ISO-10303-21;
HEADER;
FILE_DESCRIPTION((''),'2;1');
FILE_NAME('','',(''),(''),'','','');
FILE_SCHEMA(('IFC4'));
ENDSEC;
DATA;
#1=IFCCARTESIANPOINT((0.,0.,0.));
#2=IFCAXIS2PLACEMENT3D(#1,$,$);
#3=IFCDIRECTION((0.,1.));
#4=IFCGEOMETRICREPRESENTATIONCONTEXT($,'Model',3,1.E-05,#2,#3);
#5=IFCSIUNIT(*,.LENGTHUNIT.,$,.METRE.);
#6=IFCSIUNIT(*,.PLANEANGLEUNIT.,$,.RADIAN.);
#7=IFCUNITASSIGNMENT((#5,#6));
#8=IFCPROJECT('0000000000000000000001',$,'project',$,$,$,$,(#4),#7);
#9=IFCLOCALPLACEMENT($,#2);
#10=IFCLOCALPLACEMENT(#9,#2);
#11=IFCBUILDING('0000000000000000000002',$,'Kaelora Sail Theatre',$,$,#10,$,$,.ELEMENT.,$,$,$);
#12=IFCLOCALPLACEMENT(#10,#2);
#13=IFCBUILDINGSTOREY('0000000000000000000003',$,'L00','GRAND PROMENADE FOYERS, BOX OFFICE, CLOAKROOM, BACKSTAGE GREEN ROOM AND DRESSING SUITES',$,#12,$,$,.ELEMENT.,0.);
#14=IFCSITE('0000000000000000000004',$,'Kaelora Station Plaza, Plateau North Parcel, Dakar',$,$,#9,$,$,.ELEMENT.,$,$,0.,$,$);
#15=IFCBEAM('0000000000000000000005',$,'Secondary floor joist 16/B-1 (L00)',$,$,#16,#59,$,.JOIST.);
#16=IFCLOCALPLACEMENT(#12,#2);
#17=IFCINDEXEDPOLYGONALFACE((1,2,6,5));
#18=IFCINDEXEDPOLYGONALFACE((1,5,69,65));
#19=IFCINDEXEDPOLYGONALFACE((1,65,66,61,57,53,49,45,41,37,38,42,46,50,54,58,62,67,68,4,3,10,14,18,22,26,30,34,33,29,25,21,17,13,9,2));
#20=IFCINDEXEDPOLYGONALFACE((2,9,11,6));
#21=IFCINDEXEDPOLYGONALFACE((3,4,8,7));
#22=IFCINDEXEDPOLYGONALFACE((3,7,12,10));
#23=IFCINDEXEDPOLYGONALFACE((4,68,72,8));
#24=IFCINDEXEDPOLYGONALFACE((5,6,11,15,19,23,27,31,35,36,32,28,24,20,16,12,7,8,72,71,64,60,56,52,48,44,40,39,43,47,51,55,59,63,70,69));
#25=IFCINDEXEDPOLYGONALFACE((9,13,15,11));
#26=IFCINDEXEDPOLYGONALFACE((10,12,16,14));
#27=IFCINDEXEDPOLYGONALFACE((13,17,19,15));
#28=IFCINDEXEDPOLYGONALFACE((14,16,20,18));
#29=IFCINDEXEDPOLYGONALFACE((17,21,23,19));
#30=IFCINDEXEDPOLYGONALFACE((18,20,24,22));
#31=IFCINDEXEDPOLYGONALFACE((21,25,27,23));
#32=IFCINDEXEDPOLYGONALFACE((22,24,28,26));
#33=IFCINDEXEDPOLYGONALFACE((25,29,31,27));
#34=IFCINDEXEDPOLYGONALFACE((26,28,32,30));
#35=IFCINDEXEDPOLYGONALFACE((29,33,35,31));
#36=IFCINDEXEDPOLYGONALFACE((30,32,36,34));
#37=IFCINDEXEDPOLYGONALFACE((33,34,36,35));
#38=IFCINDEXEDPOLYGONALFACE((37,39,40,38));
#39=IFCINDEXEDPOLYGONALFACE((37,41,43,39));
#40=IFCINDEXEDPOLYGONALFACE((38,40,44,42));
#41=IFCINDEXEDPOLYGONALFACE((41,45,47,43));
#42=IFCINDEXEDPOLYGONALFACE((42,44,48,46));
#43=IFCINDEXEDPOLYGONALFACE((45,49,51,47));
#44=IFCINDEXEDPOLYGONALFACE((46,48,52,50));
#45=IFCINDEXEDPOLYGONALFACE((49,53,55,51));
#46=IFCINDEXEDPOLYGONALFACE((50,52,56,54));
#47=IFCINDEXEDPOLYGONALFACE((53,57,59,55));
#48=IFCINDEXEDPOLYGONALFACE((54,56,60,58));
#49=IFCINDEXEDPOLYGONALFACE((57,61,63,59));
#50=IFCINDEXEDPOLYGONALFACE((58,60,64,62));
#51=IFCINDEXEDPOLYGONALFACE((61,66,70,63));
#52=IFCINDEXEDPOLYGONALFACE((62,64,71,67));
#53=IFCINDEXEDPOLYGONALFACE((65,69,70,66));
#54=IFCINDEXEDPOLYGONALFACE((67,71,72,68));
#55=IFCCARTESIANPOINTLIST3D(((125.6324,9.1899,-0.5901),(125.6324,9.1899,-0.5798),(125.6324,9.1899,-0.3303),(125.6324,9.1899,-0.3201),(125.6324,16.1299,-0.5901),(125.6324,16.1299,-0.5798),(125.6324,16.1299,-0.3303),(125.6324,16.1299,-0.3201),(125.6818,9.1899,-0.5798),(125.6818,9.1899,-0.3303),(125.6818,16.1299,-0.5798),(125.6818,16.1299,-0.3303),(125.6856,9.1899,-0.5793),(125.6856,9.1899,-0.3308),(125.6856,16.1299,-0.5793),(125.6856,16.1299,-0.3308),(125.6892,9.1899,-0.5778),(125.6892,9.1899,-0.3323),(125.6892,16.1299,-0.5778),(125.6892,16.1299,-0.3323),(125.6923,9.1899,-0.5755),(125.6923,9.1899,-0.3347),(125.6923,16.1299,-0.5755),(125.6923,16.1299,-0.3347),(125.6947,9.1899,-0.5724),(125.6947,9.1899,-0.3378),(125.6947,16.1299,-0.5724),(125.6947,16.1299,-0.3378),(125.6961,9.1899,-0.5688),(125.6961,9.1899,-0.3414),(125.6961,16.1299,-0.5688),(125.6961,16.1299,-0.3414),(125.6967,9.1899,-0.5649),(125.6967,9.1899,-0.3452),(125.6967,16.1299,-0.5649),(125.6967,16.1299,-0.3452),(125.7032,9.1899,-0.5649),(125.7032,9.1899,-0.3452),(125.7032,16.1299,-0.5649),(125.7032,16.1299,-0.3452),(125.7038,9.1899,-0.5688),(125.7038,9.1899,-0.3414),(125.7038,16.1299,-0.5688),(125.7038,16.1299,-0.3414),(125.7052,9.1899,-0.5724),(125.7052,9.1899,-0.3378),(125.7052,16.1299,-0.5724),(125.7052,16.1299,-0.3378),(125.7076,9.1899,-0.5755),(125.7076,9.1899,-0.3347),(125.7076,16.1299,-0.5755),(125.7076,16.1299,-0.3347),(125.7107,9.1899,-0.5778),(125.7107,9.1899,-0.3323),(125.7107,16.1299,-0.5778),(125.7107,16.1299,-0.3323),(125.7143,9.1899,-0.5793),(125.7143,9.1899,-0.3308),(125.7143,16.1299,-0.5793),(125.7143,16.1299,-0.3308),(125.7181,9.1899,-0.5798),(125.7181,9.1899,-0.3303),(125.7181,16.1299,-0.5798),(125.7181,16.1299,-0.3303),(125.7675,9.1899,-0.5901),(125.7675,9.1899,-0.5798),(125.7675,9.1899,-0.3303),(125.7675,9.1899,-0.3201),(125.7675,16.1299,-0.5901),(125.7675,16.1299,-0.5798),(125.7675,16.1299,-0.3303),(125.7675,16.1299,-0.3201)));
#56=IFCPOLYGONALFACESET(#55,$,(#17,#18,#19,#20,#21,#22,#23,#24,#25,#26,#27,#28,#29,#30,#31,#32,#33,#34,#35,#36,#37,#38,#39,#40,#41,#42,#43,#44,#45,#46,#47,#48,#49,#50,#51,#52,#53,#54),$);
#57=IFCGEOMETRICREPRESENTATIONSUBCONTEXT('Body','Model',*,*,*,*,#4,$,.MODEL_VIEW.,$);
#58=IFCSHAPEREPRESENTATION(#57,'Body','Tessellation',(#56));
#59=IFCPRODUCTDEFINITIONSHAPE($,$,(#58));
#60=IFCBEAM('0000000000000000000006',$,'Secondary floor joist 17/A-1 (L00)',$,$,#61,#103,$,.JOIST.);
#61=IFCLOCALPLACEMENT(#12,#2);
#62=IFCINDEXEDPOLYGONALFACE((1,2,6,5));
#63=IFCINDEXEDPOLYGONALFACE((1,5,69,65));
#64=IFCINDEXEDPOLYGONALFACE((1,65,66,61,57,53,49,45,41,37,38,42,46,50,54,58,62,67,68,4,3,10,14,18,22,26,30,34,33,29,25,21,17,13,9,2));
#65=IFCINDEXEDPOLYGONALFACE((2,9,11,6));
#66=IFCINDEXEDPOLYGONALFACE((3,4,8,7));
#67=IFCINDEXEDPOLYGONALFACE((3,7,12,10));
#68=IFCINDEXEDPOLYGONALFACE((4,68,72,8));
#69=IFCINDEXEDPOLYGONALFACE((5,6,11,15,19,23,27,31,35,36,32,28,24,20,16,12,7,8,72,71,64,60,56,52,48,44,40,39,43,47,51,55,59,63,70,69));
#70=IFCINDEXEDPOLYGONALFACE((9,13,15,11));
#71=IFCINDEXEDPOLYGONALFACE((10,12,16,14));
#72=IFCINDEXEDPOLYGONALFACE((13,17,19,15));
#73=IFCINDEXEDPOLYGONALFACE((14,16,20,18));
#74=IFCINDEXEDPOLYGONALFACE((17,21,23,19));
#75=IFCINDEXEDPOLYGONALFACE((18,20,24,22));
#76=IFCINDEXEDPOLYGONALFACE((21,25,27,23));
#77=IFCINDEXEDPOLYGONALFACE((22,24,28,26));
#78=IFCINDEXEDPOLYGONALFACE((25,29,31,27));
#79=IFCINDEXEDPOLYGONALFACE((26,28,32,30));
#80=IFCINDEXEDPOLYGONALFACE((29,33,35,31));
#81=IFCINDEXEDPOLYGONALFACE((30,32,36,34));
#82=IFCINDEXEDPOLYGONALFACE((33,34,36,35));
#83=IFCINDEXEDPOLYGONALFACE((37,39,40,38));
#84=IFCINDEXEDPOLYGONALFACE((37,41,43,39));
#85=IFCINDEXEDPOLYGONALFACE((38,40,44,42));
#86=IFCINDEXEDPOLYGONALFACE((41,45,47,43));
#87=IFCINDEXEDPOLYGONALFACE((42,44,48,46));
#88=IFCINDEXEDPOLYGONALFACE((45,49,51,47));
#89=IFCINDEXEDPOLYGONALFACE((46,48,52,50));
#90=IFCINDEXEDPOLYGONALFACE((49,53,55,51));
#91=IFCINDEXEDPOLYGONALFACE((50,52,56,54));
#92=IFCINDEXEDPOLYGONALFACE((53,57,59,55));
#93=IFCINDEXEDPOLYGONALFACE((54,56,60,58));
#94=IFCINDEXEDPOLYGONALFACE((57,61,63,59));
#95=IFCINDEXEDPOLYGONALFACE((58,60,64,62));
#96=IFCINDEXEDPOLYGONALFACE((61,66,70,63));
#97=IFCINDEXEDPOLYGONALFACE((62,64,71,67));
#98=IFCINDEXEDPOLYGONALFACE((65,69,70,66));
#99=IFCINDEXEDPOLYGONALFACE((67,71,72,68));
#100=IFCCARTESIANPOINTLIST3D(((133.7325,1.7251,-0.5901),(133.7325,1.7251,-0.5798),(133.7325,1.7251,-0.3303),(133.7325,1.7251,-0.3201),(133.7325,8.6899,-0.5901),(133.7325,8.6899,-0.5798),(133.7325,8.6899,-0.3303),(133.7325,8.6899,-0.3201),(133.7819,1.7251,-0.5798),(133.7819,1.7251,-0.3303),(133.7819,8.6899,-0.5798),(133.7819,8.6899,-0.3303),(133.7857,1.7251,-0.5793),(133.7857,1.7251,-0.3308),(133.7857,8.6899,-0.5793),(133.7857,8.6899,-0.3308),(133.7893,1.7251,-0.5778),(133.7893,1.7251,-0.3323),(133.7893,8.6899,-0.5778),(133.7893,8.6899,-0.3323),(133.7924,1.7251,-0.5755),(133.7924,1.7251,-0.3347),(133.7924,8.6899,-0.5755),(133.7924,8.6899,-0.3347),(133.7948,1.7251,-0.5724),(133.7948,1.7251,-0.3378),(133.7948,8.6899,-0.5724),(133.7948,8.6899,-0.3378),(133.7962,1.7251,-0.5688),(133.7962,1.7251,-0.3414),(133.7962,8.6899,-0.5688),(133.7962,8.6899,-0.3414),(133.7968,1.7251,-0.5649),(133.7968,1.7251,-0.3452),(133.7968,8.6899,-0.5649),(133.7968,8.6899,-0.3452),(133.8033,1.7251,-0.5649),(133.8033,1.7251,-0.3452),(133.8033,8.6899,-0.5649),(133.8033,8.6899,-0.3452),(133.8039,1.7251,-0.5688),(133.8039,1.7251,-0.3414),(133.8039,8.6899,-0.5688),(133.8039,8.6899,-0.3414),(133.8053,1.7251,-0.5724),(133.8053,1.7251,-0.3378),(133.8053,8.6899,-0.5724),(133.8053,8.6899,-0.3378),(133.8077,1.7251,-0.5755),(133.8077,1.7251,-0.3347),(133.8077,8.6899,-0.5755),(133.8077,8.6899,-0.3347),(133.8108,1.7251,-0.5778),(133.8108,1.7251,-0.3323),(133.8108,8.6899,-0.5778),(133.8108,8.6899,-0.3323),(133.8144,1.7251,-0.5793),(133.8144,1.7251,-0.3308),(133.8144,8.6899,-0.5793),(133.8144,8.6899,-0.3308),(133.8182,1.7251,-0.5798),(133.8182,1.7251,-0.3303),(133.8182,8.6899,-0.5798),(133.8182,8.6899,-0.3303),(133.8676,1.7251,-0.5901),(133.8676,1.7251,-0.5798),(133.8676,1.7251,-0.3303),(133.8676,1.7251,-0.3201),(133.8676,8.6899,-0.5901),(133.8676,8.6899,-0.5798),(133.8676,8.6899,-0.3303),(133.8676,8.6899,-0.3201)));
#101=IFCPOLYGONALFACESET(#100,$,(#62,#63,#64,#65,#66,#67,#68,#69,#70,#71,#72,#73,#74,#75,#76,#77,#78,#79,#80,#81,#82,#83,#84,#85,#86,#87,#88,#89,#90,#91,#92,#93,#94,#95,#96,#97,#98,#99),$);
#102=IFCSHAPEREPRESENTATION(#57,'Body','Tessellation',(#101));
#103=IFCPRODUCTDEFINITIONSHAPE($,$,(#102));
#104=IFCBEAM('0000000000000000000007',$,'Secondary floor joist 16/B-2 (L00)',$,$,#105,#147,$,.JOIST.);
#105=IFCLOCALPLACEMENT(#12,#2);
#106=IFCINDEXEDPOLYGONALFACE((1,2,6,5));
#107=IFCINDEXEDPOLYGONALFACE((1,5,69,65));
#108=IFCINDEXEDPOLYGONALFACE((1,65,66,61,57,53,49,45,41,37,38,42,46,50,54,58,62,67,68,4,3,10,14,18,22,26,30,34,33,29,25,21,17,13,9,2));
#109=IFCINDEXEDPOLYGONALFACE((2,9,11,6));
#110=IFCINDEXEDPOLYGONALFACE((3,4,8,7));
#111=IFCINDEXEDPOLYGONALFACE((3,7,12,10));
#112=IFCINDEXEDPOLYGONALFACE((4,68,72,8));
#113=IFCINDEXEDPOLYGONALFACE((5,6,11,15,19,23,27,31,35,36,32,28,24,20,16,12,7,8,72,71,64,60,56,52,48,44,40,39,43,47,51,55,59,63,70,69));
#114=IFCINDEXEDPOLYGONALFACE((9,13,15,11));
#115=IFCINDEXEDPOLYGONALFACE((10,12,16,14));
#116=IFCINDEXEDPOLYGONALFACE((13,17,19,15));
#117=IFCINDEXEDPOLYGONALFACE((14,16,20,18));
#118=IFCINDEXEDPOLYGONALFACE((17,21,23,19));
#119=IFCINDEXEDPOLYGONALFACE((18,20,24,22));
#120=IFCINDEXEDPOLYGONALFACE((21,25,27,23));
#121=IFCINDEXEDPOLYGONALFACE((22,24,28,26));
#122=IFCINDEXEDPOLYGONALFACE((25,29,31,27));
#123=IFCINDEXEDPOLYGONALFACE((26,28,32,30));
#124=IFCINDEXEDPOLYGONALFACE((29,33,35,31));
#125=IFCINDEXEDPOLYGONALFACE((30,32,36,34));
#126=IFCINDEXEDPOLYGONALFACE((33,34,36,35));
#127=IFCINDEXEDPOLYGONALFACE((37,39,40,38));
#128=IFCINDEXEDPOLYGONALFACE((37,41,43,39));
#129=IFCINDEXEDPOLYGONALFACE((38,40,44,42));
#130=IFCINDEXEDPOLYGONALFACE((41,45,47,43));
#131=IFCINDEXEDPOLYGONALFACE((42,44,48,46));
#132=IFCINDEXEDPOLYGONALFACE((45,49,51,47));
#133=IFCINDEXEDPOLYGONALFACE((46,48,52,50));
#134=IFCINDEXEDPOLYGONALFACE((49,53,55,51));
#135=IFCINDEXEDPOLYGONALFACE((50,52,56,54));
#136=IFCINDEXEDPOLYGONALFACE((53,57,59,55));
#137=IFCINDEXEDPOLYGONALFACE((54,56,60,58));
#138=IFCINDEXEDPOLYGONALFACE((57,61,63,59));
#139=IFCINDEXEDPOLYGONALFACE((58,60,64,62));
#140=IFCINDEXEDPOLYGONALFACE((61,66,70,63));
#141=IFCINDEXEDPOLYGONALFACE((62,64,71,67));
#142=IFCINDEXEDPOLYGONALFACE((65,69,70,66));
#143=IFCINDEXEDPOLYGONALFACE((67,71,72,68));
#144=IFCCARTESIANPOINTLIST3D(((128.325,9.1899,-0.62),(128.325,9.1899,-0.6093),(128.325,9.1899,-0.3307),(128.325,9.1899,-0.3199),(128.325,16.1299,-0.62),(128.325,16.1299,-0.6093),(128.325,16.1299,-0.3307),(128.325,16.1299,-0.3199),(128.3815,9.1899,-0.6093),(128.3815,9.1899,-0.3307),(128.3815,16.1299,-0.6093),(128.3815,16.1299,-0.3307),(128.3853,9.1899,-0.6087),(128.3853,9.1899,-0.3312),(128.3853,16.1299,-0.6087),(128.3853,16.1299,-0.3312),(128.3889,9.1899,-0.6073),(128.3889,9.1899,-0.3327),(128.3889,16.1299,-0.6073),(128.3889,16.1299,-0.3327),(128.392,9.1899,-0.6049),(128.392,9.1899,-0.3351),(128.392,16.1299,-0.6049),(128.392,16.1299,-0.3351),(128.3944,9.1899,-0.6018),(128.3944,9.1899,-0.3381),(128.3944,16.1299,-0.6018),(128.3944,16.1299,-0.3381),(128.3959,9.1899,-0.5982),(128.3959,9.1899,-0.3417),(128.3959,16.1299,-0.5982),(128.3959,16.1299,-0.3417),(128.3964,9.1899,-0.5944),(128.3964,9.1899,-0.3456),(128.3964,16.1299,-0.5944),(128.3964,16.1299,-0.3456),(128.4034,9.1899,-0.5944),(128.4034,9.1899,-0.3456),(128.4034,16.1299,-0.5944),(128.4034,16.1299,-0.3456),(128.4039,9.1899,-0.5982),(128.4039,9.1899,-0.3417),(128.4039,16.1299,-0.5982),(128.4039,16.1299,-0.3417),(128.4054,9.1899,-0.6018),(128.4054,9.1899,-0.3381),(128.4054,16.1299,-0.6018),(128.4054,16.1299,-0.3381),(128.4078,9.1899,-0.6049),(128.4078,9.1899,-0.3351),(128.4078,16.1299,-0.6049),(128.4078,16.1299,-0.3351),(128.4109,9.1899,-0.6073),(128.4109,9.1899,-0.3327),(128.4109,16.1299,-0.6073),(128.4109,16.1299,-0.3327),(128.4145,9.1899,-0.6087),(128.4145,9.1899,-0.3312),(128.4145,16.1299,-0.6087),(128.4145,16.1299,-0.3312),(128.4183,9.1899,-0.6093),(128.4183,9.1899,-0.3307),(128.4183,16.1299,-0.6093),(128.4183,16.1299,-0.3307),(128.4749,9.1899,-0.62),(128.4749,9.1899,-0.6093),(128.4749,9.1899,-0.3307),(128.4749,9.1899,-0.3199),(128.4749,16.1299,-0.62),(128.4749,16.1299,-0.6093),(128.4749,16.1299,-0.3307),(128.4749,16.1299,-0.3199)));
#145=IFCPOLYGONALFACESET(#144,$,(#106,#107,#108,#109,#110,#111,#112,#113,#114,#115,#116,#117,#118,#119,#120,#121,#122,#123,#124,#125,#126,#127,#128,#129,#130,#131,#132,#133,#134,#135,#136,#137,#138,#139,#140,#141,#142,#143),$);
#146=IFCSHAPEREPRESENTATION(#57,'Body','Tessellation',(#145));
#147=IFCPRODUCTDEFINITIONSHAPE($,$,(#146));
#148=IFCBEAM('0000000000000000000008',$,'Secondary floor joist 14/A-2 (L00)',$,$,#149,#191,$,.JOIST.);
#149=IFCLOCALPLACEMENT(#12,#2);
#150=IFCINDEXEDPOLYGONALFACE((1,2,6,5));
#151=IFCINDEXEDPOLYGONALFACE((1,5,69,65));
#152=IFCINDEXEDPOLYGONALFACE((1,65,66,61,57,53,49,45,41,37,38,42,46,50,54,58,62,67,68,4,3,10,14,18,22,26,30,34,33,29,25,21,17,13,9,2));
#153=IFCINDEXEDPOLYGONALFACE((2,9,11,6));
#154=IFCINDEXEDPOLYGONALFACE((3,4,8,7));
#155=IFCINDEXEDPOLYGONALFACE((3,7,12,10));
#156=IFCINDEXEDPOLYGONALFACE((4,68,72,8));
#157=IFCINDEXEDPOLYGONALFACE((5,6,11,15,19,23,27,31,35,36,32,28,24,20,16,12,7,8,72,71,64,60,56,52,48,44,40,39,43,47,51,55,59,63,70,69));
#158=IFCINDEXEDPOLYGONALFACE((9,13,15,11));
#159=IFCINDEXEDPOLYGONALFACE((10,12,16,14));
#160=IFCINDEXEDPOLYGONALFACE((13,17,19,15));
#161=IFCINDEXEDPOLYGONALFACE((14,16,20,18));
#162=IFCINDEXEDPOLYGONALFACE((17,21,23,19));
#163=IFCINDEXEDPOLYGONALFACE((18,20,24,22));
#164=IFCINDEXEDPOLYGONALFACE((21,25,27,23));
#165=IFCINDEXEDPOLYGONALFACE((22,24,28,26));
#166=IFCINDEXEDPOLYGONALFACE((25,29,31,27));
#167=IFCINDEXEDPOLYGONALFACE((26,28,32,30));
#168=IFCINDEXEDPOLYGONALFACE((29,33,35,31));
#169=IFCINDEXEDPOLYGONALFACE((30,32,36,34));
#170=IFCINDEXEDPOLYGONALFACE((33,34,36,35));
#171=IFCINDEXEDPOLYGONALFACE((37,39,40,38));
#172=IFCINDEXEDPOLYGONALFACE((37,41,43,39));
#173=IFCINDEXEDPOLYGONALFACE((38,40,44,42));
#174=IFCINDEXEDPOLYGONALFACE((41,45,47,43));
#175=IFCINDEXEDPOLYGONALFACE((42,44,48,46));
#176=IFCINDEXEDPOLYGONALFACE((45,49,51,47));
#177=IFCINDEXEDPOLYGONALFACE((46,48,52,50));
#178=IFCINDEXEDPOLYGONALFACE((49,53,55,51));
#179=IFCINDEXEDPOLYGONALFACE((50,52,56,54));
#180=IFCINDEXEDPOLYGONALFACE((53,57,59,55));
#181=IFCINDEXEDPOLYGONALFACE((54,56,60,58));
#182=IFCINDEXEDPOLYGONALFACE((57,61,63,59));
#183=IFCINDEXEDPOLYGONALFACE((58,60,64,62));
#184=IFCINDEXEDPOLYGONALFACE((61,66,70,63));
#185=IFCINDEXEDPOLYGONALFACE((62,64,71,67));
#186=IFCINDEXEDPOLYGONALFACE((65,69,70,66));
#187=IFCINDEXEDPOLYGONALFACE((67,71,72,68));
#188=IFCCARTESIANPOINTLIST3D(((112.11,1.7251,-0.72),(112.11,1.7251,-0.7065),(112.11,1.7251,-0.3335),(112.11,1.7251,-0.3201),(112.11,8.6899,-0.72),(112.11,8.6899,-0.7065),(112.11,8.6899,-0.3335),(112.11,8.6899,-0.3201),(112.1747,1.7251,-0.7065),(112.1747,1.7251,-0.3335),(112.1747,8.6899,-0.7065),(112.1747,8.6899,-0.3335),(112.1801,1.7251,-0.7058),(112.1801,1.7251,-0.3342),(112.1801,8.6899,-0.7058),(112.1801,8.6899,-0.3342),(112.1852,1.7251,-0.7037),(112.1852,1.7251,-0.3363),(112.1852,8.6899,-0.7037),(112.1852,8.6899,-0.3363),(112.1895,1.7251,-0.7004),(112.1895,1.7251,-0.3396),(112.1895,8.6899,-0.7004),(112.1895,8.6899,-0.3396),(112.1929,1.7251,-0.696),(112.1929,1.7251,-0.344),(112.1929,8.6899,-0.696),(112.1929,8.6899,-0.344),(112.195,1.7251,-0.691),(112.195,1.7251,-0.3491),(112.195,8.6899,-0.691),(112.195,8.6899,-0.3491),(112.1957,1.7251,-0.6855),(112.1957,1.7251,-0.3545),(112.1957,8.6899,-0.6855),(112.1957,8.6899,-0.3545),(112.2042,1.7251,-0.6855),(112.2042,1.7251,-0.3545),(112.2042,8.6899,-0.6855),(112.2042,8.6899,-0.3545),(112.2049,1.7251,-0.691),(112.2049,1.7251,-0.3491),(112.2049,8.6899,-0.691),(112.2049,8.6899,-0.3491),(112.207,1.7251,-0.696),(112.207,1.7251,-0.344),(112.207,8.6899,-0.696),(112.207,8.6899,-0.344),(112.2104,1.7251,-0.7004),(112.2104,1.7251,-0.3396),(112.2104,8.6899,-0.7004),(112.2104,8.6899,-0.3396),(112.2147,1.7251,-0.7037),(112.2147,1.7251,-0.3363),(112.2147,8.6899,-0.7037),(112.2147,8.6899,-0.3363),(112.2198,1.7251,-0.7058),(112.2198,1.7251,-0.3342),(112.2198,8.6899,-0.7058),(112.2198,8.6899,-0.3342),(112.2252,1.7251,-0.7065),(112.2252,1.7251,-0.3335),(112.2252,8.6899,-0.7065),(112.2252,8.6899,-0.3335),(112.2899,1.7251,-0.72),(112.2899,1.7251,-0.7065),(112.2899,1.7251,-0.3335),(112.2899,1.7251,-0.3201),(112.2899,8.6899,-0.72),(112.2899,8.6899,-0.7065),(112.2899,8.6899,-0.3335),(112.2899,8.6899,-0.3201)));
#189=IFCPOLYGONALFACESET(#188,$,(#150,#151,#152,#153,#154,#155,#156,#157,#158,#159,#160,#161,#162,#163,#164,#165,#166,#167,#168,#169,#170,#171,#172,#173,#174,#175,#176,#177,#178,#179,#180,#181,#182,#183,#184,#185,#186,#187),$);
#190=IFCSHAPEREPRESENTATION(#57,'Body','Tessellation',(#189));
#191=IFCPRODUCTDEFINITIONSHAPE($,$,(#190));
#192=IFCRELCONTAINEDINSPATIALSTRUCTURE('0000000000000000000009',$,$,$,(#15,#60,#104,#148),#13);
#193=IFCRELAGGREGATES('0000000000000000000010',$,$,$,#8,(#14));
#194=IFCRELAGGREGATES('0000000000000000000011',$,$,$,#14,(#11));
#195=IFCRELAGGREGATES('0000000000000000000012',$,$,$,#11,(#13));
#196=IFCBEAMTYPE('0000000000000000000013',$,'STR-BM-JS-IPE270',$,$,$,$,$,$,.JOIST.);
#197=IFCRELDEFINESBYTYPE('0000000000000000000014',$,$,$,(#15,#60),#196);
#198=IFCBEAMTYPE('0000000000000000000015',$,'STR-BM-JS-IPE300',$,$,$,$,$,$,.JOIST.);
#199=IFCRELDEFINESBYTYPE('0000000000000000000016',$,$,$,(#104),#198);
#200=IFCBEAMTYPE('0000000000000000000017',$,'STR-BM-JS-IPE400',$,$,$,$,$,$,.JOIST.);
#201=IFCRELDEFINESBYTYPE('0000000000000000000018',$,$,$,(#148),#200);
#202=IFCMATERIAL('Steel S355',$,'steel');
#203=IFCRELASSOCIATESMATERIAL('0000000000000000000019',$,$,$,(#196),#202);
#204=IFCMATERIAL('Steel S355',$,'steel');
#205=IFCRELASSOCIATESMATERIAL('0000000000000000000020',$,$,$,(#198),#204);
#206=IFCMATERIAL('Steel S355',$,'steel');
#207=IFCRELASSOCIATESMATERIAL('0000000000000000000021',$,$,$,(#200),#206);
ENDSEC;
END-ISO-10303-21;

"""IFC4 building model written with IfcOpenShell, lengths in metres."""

from ifc_helpers import new_model, si_unit, direction, frame, origin, origin_2d, place, context, subcontext, project, spatial, i_section, extrude, material, material_profile, profile_set, type_object, element, save


model = new_model("IFC4")

# Units and contexts
model_context = context("Model", 3, precision=1e-05, world=origin(), true_north=direction((0.0, 1.0)))
body_context = subcontext(model_context, "Body", "Model", "MODEL_VIEW")
ifc_project = project(units=[si_unit("LENGTHUNIT", "METRE"), si_unit("PLANEANGLEUNIT", "RADIAN")], contexts=[model_context])

# Site, building, storey
site_placement = place(None, origin())
site = spatial("IfcSite", under=ifc_project, at=site_placement, Name="Kaelora Station Plaza, Plateau North Parcel, Dakar", CompositionType="ELEMENT", RefElevation=0.0)
building_placement = place(site_placement, origin())
building = spatial("IfcBuilding", under=site, at=building_placement, Name="Kaelora Sail Theatre", CompositionType="ELEMENT")
storey_placement = place(building_placement, origin())
storey = spatial("IfcBuildingStorey", under=building, at=storey_placement, Name="L00", Description="GRAND PROMENADE FOYERS, BOX OFFICE, CLOAKROOM, BACKSTAGE GREEN ROOM AND DRESSING SUITES", CompositionType="ELEMENT", Elevation=0.0)

# Beams
ifc_material_1 = material(Name="Steel S355", Category="steel")
ifc_material_profile_1 = material_profile(ifc_material_1, i_section(OverallWidth=0.135, OverallDepth=0.27, WebThickness=0.0066, FlangeThickness=0.0103, FilletRadius=0.0149, at=origin_2d()), Name="IPE 270")
ifc_profile_set_1 = profile_set([ifc_material_profile_1], Name="Steel S355")
beam_type_1 = type_object("IfcBeamType", Name="STR-BM-JS-IPE270", PredefinedType="JOIST", material=ifc_profile_set_1)
beam_1_placement = place(storey_placement, frame((125.7, 9.1899, -0.4551), z_axis=(0.0, 1.0, 0.0), x_axis=(-1.0, 0.0, 0.0)))
element("IfcBeam", 1, at=beam_1_placement, inside=storey, type_object=beam_type_1, Name="Secondary floor joist 16/B-1 (L00)", PredefinedType="JOIST", context=body_context, shape_type="SweptSolid", body=[
    extrude(i_section(OverallWidth=0.135, OverallDepth=0.27, WebThickness=0.0066, FlangeThickness=0.0103, FilletRadius=0.0149, at=origin_2d()), origin(), (0.0, 0.0, 1.0), 6.9399),
])
beam_2_placement = place(storey_placement, frame((133.8, 1.7251, -0.4551), z_axis=(0.0, 1.0, 0.0), x_axis=(-1.0, 0.0, 0.0)))
element("IfcBeam", 2, at=beam_2_placement, inside=storey, type_object=beam_type_1, Name="Secondary floor joist 17/A-1 (L00)", PredefinedType="JOIST", context=body_context, shape_type="SweptSolid", body=[
    extrude(i_section(OverallWidth=0.135, OverallDepth=0.27, WebThickness=0.0066, FlangeThickness=0.0103, FilletRadius=0.0149, at=origin_2d()), origin(), (0.0, 0.0, 1.0), 6.9648),
])
ifc_material_2 = material(Name="Steel S355", Category="steel")
ifc_material_profile_2 = material_profile(ifc_material_2, i_section(OverallWidth=0.1499, OverallDepth=0.3, WebThickness=0.0071, FlangeThickness=0.0107, FilletRadius=0.0149, at=origin_2d()), Name="IPE 300")
ifc_profile_set_2 = profile_set([ifc_material_profile_2], Name="Steel S355")
beam_type_2 = type_object("IfcBeamType", Name="STR-BM-JS-IPE300", PredefinedType="JOIST", material=ifc_profile_set_2)
beam_3_placement = place(storey_placement, frame((128.3999, 9.1899, -0.47), z_axis=(0.0, 1.0, 0.0), x_axis=(-1.0, 0.0, 0.0)))
element("IfcBeam", 3, at=beam_3_placement, inside=storey, type_object=beam_type_2, Name="Secondary floor joist 16/B-2 (L00)", PredefinedType="JOIST", context=body_context, shape_type="SweptSolid", body=[
    extrude(i_section(OverallWidth=0.1499, OverallDepth=0.3, WebThickness=0.0071, FlangeThickness=0.0107, FilletRadius=0.0149, at=origin_2d()), origin(), (0.0, 0.0, 1.0), 6.9399),
])
ifc_material_3 = material(Name="Steel S355", Category="steel")
ifc_material_profile_3 = material_profile(ifc_material_3, i_section(OverallWidth=0.1799, OverallDepth=0.3999, WebThickness=0.0085, FlangeThickness=0.0134, FilletRadius=0.021, at=origin_2d()), Name="IPE 400")
ifc_profile_set_3 = profile_set([ifc_material_profile_3], Name="Steel S355")
beam_type_3 = type_object("IfcBeamType", Name="STR-BM-JS-IPE400", PredefinedType="JOIST", material=ifc_profile_set_3)
for number, where, z_axis, x_axis, name in (
    (4, (112.2, 1.7251, -0.52), (0.0, 1.0, 0.0), (-1.0, 0.0, 0.0), "Secondary floor joist 14/A-2 (L00)"),
):
    element("IfcBeam", number, at=place(storey_placement, frame(where, z_axis=z_axis, x_axis=x_axis)), inside=storey, type_object=beam_type_3, Name=name, PredefinedType="JOIST", context=body_context, shape_type="SweptSolid", body=[
        extrude(i_section(OverallWidth=0.1799, OverallDepth=0.3999, WebThickness=0.0085, FlangeThickness=0.0134, FilletRadius=0.021, at=origin_2d()), origin(), (0.0, 0.0, 1.0), 6.9648),
    ])

save(model, "model.ifc")
